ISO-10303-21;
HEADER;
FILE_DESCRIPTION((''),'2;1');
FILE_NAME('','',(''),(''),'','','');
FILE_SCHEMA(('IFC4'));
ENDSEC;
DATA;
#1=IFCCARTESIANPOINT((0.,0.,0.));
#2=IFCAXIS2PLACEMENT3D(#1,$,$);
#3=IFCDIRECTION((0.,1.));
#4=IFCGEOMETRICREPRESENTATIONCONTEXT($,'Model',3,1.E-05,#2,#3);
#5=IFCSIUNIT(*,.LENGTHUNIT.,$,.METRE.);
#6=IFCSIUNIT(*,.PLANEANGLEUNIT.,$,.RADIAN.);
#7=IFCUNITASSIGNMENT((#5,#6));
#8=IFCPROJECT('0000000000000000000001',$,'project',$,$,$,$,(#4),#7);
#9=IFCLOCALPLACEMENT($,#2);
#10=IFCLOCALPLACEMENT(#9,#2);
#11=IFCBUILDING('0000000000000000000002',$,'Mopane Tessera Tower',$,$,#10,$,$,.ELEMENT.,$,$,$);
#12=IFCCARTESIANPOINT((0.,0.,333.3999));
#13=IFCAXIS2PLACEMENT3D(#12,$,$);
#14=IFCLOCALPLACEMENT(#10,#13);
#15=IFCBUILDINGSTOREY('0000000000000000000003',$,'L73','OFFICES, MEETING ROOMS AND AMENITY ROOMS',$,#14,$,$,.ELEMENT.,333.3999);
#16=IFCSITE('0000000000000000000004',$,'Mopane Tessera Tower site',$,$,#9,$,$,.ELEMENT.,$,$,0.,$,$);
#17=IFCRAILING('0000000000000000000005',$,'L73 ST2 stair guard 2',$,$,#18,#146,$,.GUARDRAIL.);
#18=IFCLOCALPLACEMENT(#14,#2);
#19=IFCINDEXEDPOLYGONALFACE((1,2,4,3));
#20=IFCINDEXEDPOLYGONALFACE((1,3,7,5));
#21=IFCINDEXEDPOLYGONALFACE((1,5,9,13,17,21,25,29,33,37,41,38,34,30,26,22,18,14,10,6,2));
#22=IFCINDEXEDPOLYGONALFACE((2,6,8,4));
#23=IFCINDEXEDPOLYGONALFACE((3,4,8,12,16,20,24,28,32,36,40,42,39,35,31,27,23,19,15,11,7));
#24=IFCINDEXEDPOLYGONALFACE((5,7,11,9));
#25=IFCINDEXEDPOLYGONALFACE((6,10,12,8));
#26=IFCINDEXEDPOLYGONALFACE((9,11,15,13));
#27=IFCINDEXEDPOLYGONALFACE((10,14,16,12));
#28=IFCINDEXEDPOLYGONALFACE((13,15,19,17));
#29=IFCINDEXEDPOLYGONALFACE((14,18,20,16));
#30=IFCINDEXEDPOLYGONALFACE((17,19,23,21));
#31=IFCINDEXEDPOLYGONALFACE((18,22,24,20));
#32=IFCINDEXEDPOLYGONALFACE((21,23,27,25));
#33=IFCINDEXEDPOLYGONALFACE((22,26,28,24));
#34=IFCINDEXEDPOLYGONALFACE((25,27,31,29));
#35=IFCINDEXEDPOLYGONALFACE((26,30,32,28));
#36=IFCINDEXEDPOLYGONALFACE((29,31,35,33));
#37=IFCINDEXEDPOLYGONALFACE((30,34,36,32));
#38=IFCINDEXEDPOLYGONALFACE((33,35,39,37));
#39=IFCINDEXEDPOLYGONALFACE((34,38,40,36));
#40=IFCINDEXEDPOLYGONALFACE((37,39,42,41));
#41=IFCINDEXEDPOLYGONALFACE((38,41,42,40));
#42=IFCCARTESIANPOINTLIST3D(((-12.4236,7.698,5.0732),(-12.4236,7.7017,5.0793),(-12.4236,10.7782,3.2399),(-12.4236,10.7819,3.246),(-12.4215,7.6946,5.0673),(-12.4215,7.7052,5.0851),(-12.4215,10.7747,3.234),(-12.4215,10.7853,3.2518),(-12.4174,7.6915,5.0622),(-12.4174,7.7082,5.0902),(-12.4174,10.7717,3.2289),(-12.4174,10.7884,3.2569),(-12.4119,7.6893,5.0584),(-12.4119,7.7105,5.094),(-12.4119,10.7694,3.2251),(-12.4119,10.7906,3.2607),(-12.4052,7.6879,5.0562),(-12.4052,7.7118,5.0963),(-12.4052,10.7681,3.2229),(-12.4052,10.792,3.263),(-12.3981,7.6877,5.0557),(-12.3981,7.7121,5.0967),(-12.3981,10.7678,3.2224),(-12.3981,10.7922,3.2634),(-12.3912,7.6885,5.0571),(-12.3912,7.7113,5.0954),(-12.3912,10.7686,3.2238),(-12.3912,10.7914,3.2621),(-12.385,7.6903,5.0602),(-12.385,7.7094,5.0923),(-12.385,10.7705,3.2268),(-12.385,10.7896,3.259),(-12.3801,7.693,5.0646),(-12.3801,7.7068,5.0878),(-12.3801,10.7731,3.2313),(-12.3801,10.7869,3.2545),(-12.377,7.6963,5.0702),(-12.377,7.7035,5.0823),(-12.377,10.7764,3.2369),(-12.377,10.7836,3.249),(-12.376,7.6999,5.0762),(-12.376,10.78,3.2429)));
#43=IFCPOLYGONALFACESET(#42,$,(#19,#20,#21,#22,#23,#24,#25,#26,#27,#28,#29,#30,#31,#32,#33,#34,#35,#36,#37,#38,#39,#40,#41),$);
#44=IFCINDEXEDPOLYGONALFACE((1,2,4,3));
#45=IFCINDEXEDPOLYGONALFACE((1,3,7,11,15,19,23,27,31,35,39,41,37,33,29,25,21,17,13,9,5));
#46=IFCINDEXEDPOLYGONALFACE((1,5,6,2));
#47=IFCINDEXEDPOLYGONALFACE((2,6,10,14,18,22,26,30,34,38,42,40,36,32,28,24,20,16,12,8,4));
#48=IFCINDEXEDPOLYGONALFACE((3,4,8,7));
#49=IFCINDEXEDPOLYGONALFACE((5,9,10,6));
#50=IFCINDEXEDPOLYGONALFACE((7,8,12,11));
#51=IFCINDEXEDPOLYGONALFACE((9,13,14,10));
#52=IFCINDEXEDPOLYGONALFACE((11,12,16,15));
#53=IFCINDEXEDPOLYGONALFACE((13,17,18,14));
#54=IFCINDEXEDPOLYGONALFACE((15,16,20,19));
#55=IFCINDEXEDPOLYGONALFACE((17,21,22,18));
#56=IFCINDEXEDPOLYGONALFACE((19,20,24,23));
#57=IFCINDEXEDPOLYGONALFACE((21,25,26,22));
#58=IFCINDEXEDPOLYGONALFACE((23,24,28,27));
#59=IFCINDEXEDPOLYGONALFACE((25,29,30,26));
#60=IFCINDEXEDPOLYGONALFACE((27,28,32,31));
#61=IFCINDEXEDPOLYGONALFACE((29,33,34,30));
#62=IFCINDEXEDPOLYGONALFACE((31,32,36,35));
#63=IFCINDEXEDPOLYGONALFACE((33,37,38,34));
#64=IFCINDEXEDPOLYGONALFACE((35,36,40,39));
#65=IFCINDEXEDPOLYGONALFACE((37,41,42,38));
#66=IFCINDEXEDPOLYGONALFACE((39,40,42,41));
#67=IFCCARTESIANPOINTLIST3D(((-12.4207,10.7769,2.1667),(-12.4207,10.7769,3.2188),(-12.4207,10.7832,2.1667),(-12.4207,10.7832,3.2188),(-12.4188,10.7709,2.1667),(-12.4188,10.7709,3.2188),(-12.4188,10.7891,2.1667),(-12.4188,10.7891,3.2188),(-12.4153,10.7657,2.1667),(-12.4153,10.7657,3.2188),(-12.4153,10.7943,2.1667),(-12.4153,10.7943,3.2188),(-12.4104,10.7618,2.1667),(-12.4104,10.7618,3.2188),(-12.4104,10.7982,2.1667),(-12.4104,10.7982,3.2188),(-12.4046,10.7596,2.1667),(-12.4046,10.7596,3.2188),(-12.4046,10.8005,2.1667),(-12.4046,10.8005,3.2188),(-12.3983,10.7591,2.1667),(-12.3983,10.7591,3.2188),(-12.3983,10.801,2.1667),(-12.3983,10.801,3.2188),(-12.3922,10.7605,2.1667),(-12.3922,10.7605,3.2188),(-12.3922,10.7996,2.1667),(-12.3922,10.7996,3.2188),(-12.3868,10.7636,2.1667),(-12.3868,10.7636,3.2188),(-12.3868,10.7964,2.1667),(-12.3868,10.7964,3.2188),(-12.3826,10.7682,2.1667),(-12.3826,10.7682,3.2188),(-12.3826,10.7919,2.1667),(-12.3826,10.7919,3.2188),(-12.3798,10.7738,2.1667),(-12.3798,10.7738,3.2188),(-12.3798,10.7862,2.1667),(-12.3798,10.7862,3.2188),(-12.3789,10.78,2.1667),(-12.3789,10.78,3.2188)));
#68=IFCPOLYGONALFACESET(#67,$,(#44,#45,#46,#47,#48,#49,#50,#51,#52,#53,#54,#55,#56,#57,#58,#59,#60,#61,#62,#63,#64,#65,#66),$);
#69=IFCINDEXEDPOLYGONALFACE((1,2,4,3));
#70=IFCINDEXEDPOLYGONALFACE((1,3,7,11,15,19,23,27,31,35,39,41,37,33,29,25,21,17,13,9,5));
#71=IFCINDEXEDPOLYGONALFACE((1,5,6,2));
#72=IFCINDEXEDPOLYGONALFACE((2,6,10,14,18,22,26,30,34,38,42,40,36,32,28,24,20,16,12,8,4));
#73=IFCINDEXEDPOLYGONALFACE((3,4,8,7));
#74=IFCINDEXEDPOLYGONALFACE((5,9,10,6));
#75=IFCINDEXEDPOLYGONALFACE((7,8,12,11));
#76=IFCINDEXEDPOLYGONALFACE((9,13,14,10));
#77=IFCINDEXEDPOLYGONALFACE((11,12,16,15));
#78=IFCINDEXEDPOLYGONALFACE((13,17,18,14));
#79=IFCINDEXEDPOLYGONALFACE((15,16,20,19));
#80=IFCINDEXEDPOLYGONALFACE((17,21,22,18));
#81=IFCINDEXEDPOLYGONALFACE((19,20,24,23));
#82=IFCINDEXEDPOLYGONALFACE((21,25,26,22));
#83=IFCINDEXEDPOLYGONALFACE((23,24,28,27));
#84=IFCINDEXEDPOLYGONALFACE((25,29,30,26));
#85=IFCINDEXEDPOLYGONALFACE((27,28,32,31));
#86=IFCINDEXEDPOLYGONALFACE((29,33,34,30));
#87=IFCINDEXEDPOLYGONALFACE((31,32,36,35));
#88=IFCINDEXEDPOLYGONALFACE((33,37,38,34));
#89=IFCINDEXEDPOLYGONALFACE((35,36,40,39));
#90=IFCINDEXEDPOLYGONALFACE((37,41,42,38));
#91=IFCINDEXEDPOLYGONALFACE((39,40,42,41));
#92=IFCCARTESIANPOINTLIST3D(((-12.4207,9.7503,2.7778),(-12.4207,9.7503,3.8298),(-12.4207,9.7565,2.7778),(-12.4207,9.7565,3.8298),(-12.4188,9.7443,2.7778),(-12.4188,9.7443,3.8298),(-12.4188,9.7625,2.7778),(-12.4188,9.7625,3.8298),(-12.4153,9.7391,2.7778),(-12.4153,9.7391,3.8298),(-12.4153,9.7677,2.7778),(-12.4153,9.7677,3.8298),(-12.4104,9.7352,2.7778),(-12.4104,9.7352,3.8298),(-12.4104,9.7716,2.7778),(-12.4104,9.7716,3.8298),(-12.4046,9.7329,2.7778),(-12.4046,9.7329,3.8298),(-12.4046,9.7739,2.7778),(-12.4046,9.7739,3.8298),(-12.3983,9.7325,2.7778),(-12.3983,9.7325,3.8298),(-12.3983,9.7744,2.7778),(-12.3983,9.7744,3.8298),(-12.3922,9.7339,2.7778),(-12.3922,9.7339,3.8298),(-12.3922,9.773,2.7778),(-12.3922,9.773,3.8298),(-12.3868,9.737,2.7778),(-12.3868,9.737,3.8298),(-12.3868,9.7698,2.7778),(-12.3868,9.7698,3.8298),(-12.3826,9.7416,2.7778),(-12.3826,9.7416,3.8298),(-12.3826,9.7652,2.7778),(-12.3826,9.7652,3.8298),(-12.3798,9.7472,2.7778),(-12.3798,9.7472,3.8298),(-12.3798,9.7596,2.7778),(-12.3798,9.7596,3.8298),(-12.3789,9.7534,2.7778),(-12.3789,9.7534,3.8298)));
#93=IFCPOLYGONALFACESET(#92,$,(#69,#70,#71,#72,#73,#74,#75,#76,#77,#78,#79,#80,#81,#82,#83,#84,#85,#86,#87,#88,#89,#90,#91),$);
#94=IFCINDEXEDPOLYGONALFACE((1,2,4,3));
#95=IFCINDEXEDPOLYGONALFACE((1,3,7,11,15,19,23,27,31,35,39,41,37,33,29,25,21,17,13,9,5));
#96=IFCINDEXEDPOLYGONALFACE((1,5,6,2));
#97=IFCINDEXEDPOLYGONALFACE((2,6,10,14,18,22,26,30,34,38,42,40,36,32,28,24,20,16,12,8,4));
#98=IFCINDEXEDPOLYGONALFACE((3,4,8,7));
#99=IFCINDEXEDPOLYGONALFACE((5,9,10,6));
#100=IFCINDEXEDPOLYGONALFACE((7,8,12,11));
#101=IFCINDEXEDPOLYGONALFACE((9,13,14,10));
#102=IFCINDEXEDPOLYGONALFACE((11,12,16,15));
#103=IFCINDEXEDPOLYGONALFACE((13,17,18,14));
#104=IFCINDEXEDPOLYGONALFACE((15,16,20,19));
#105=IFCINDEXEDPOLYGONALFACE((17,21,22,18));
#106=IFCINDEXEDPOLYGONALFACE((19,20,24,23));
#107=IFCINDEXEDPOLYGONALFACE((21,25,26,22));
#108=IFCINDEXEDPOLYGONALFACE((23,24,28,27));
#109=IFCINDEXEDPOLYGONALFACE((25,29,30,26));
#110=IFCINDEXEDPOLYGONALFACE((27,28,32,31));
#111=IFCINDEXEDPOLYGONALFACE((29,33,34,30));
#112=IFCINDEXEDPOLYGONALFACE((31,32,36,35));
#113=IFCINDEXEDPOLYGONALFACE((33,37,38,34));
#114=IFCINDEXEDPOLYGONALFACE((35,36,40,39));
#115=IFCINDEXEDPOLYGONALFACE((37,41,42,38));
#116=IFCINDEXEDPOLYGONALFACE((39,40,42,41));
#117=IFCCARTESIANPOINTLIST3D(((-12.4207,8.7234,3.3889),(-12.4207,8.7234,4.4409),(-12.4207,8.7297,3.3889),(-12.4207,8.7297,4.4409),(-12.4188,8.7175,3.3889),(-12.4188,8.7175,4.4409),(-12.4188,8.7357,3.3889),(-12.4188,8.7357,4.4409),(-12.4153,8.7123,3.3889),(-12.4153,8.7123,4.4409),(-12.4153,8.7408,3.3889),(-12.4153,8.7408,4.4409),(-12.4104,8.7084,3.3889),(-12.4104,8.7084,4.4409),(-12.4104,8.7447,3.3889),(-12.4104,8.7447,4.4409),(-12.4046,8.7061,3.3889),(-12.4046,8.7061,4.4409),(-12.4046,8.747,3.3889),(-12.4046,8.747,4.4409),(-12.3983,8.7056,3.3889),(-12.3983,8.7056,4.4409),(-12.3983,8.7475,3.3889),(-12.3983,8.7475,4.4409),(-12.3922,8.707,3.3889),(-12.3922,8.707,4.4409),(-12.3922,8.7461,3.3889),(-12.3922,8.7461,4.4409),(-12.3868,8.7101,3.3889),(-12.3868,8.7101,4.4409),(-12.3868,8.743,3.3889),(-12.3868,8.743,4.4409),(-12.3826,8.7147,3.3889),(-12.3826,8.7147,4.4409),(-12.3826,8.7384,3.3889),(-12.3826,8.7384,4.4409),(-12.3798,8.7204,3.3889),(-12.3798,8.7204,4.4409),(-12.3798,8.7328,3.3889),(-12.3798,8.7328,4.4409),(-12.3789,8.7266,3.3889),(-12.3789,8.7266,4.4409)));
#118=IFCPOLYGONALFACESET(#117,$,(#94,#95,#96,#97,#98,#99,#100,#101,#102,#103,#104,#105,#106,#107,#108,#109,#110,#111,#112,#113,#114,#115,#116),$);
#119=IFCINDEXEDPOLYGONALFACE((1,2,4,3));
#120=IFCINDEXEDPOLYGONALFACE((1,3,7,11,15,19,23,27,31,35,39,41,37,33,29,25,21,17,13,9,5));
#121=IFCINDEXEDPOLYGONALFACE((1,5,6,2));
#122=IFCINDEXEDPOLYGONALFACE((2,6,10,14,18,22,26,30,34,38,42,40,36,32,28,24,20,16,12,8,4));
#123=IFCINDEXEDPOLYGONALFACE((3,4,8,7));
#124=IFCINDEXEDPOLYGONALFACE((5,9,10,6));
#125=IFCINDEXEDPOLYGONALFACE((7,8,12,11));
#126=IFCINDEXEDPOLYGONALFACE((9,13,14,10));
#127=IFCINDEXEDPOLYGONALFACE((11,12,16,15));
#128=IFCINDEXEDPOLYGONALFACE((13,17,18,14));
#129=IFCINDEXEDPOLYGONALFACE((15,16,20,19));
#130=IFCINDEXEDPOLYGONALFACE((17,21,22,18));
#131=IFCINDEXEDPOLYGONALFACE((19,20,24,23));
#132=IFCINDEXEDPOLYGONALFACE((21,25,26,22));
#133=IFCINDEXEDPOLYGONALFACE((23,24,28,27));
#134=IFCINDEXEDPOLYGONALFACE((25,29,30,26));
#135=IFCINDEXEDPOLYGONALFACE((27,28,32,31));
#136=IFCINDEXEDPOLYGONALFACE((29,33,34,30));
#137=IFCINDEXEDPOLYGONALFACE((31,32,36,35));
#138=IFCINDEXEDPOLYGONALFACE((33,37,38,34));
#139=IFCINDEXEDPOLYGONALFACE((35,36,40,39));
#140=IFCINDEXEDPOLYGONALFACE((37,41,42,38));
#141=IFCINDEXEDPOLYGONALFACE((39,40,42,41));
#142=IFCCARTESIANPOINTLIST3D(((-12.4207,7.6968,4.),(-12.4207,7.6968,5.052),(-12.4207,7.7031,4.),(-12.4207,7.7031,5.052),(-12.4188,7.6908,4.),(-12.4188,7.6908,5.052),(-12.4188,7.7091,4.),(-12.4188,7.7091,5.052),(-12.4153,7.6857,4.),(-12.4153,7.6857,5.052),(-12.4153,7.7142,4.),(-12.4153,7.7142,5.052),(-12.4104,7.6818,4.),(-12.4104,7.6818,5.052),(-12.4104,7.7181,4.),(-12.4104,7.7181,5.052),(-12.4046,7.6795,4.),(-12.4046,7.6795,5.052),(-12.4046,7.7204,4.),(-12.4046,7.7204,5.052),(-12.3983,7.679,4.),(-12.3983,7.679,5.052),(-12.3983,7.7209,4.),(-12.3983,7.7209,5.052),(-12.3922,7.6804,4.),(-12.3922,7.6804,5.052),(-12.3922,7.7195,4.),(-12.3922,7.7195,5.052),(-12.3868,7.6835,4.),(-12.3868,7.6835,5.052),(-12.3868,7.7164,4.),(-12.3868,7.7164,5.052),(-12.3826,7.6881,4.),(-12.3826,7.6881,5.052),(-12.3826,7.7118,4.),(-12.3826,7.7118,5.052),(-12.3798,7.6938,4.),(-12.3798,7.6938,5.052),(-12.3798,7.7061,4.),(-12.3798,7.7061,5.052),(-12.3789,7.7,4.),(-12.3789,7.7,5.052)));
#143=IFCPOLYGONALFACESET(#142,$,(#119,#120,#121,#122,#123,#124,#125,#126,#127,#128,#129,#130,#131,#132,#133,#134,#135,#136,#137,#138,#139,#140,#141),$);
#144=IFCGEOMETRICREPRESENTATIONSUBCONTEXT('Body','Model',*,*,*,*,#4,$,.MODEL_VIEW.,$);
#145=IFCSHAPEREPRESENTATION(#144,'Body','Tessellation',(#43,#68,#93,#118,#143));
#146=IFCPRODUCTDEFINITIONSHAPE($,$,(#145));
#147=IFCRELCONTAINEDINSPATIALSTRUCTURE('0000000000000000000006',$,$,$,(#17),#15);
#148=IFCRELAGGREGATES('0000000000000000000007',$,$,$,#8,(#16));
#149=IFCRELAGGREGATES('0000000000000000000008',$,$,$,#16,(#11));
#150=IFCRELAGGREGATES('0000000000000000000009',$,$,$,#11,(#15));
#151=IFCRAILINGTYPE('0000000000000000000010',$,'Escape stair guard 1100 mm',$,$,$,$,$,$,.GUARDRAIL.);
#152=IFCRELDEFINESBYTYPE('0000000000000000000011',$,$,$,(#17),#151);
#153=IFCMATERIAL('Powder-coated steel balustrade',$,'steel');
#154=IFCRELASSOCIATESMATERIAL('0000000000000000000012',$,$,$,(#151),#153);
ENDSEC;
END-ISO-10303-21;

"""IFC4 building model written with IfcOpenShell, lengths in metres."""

from ifc_helpers import new_model, si_unit, direction, frame, origin, origin_2d, place, context, subcontext, project, spatial, circle, extrude, material, type_object, element, save


model = new_model("IFC4")

# Units and contexts
model_context = context("Model", 3, precision=1e-05, world=origin(), true_north=direction((0.0, 1.0)))
body_context = subcontext(model_context, "Body", "Model", "MODEL_VIEW")
ifc_project = project(units=[si_unit("LENGTHUNIT", "METRE"), si_unit("PLANEANGLEUNIT", "RADIAN")], contexts=[model_context])

# Site, building, storey
site_placement = place(None, origin())
site = spatial("IfcSite", under=ifc_project, at=site_placement, Name="Mopane Tessera Tower site", CompositionType="ELEMENT", RefElevation=0.0)
building_placement = place(site_placement, origin())
building = spatial("IfcBuilding", under=site, at=building_placement, Name="Mopane Tessera Tower", CompositionType="ELEMENT")
storey_placement = place(building_placement, frame((0.0, 0.0, 333.3999)))
storey = spatial("IfcBuildingStorey", under=building, at=storey_placement, Name="L73", Description="OFFICES, MEETING ROOMS AND AMENITY ROOMS", CompositionType="ELEMENT", Elevation=333.3999)

# Railing
ifc_material_1 = material(Name="Powder-coated steel balustrade", Category="steel")
railing_type_1 = type_object("IfcRailingType", Name="Escape stair guard 1100 mm", PredefinedType="GUARDRAIL", material=ifc_material_1)
railing_1_placement = place(storey_placement, frame((-12.3999, 10.78, 2.1667)))
element("IfcRailing", 1, at=railing_1_placement, inside=storey, type_object=railing_type_1, Name="L73 ST2 stair guard 2", PredefinedType="GUARDRAIL", context=body_context, shape_type="SweptSolid", body=[
    extrude(circle(Radius=0.0239, at=origin_2d()), frame((0.0, 0.0, 1.0762), z_axis=(0.0, -0.859309, 0.511458), x_axis=(1.0, 0.0, 0.0)), (0.0, 0.0, 1.0), 3.5845),
    extrude(circle(Radius=0.021, at=origin_2d()), origin(), (0.0, 0.0, 1.0), 1.052),
    extrude(circle(Radius=0.021, at=origin_2d()), frame((0.0, -1.0266, 0.6111)), (0.0, 0.0, 1.0), 1.052),
    extrude(circle(Radius=0.021, at=origin_2d()), frame((0.0, -2.0535, 1.2222)), (0.0, 0.0, 1.0), 1.052),
    extrude(circle(Radius=0.021, at=origin_2d()), frame((0.0, -3.0801, 1.8333)), (0.0, 0.0, 1.0), 1.052),
])

save(model, "model.ifc")
